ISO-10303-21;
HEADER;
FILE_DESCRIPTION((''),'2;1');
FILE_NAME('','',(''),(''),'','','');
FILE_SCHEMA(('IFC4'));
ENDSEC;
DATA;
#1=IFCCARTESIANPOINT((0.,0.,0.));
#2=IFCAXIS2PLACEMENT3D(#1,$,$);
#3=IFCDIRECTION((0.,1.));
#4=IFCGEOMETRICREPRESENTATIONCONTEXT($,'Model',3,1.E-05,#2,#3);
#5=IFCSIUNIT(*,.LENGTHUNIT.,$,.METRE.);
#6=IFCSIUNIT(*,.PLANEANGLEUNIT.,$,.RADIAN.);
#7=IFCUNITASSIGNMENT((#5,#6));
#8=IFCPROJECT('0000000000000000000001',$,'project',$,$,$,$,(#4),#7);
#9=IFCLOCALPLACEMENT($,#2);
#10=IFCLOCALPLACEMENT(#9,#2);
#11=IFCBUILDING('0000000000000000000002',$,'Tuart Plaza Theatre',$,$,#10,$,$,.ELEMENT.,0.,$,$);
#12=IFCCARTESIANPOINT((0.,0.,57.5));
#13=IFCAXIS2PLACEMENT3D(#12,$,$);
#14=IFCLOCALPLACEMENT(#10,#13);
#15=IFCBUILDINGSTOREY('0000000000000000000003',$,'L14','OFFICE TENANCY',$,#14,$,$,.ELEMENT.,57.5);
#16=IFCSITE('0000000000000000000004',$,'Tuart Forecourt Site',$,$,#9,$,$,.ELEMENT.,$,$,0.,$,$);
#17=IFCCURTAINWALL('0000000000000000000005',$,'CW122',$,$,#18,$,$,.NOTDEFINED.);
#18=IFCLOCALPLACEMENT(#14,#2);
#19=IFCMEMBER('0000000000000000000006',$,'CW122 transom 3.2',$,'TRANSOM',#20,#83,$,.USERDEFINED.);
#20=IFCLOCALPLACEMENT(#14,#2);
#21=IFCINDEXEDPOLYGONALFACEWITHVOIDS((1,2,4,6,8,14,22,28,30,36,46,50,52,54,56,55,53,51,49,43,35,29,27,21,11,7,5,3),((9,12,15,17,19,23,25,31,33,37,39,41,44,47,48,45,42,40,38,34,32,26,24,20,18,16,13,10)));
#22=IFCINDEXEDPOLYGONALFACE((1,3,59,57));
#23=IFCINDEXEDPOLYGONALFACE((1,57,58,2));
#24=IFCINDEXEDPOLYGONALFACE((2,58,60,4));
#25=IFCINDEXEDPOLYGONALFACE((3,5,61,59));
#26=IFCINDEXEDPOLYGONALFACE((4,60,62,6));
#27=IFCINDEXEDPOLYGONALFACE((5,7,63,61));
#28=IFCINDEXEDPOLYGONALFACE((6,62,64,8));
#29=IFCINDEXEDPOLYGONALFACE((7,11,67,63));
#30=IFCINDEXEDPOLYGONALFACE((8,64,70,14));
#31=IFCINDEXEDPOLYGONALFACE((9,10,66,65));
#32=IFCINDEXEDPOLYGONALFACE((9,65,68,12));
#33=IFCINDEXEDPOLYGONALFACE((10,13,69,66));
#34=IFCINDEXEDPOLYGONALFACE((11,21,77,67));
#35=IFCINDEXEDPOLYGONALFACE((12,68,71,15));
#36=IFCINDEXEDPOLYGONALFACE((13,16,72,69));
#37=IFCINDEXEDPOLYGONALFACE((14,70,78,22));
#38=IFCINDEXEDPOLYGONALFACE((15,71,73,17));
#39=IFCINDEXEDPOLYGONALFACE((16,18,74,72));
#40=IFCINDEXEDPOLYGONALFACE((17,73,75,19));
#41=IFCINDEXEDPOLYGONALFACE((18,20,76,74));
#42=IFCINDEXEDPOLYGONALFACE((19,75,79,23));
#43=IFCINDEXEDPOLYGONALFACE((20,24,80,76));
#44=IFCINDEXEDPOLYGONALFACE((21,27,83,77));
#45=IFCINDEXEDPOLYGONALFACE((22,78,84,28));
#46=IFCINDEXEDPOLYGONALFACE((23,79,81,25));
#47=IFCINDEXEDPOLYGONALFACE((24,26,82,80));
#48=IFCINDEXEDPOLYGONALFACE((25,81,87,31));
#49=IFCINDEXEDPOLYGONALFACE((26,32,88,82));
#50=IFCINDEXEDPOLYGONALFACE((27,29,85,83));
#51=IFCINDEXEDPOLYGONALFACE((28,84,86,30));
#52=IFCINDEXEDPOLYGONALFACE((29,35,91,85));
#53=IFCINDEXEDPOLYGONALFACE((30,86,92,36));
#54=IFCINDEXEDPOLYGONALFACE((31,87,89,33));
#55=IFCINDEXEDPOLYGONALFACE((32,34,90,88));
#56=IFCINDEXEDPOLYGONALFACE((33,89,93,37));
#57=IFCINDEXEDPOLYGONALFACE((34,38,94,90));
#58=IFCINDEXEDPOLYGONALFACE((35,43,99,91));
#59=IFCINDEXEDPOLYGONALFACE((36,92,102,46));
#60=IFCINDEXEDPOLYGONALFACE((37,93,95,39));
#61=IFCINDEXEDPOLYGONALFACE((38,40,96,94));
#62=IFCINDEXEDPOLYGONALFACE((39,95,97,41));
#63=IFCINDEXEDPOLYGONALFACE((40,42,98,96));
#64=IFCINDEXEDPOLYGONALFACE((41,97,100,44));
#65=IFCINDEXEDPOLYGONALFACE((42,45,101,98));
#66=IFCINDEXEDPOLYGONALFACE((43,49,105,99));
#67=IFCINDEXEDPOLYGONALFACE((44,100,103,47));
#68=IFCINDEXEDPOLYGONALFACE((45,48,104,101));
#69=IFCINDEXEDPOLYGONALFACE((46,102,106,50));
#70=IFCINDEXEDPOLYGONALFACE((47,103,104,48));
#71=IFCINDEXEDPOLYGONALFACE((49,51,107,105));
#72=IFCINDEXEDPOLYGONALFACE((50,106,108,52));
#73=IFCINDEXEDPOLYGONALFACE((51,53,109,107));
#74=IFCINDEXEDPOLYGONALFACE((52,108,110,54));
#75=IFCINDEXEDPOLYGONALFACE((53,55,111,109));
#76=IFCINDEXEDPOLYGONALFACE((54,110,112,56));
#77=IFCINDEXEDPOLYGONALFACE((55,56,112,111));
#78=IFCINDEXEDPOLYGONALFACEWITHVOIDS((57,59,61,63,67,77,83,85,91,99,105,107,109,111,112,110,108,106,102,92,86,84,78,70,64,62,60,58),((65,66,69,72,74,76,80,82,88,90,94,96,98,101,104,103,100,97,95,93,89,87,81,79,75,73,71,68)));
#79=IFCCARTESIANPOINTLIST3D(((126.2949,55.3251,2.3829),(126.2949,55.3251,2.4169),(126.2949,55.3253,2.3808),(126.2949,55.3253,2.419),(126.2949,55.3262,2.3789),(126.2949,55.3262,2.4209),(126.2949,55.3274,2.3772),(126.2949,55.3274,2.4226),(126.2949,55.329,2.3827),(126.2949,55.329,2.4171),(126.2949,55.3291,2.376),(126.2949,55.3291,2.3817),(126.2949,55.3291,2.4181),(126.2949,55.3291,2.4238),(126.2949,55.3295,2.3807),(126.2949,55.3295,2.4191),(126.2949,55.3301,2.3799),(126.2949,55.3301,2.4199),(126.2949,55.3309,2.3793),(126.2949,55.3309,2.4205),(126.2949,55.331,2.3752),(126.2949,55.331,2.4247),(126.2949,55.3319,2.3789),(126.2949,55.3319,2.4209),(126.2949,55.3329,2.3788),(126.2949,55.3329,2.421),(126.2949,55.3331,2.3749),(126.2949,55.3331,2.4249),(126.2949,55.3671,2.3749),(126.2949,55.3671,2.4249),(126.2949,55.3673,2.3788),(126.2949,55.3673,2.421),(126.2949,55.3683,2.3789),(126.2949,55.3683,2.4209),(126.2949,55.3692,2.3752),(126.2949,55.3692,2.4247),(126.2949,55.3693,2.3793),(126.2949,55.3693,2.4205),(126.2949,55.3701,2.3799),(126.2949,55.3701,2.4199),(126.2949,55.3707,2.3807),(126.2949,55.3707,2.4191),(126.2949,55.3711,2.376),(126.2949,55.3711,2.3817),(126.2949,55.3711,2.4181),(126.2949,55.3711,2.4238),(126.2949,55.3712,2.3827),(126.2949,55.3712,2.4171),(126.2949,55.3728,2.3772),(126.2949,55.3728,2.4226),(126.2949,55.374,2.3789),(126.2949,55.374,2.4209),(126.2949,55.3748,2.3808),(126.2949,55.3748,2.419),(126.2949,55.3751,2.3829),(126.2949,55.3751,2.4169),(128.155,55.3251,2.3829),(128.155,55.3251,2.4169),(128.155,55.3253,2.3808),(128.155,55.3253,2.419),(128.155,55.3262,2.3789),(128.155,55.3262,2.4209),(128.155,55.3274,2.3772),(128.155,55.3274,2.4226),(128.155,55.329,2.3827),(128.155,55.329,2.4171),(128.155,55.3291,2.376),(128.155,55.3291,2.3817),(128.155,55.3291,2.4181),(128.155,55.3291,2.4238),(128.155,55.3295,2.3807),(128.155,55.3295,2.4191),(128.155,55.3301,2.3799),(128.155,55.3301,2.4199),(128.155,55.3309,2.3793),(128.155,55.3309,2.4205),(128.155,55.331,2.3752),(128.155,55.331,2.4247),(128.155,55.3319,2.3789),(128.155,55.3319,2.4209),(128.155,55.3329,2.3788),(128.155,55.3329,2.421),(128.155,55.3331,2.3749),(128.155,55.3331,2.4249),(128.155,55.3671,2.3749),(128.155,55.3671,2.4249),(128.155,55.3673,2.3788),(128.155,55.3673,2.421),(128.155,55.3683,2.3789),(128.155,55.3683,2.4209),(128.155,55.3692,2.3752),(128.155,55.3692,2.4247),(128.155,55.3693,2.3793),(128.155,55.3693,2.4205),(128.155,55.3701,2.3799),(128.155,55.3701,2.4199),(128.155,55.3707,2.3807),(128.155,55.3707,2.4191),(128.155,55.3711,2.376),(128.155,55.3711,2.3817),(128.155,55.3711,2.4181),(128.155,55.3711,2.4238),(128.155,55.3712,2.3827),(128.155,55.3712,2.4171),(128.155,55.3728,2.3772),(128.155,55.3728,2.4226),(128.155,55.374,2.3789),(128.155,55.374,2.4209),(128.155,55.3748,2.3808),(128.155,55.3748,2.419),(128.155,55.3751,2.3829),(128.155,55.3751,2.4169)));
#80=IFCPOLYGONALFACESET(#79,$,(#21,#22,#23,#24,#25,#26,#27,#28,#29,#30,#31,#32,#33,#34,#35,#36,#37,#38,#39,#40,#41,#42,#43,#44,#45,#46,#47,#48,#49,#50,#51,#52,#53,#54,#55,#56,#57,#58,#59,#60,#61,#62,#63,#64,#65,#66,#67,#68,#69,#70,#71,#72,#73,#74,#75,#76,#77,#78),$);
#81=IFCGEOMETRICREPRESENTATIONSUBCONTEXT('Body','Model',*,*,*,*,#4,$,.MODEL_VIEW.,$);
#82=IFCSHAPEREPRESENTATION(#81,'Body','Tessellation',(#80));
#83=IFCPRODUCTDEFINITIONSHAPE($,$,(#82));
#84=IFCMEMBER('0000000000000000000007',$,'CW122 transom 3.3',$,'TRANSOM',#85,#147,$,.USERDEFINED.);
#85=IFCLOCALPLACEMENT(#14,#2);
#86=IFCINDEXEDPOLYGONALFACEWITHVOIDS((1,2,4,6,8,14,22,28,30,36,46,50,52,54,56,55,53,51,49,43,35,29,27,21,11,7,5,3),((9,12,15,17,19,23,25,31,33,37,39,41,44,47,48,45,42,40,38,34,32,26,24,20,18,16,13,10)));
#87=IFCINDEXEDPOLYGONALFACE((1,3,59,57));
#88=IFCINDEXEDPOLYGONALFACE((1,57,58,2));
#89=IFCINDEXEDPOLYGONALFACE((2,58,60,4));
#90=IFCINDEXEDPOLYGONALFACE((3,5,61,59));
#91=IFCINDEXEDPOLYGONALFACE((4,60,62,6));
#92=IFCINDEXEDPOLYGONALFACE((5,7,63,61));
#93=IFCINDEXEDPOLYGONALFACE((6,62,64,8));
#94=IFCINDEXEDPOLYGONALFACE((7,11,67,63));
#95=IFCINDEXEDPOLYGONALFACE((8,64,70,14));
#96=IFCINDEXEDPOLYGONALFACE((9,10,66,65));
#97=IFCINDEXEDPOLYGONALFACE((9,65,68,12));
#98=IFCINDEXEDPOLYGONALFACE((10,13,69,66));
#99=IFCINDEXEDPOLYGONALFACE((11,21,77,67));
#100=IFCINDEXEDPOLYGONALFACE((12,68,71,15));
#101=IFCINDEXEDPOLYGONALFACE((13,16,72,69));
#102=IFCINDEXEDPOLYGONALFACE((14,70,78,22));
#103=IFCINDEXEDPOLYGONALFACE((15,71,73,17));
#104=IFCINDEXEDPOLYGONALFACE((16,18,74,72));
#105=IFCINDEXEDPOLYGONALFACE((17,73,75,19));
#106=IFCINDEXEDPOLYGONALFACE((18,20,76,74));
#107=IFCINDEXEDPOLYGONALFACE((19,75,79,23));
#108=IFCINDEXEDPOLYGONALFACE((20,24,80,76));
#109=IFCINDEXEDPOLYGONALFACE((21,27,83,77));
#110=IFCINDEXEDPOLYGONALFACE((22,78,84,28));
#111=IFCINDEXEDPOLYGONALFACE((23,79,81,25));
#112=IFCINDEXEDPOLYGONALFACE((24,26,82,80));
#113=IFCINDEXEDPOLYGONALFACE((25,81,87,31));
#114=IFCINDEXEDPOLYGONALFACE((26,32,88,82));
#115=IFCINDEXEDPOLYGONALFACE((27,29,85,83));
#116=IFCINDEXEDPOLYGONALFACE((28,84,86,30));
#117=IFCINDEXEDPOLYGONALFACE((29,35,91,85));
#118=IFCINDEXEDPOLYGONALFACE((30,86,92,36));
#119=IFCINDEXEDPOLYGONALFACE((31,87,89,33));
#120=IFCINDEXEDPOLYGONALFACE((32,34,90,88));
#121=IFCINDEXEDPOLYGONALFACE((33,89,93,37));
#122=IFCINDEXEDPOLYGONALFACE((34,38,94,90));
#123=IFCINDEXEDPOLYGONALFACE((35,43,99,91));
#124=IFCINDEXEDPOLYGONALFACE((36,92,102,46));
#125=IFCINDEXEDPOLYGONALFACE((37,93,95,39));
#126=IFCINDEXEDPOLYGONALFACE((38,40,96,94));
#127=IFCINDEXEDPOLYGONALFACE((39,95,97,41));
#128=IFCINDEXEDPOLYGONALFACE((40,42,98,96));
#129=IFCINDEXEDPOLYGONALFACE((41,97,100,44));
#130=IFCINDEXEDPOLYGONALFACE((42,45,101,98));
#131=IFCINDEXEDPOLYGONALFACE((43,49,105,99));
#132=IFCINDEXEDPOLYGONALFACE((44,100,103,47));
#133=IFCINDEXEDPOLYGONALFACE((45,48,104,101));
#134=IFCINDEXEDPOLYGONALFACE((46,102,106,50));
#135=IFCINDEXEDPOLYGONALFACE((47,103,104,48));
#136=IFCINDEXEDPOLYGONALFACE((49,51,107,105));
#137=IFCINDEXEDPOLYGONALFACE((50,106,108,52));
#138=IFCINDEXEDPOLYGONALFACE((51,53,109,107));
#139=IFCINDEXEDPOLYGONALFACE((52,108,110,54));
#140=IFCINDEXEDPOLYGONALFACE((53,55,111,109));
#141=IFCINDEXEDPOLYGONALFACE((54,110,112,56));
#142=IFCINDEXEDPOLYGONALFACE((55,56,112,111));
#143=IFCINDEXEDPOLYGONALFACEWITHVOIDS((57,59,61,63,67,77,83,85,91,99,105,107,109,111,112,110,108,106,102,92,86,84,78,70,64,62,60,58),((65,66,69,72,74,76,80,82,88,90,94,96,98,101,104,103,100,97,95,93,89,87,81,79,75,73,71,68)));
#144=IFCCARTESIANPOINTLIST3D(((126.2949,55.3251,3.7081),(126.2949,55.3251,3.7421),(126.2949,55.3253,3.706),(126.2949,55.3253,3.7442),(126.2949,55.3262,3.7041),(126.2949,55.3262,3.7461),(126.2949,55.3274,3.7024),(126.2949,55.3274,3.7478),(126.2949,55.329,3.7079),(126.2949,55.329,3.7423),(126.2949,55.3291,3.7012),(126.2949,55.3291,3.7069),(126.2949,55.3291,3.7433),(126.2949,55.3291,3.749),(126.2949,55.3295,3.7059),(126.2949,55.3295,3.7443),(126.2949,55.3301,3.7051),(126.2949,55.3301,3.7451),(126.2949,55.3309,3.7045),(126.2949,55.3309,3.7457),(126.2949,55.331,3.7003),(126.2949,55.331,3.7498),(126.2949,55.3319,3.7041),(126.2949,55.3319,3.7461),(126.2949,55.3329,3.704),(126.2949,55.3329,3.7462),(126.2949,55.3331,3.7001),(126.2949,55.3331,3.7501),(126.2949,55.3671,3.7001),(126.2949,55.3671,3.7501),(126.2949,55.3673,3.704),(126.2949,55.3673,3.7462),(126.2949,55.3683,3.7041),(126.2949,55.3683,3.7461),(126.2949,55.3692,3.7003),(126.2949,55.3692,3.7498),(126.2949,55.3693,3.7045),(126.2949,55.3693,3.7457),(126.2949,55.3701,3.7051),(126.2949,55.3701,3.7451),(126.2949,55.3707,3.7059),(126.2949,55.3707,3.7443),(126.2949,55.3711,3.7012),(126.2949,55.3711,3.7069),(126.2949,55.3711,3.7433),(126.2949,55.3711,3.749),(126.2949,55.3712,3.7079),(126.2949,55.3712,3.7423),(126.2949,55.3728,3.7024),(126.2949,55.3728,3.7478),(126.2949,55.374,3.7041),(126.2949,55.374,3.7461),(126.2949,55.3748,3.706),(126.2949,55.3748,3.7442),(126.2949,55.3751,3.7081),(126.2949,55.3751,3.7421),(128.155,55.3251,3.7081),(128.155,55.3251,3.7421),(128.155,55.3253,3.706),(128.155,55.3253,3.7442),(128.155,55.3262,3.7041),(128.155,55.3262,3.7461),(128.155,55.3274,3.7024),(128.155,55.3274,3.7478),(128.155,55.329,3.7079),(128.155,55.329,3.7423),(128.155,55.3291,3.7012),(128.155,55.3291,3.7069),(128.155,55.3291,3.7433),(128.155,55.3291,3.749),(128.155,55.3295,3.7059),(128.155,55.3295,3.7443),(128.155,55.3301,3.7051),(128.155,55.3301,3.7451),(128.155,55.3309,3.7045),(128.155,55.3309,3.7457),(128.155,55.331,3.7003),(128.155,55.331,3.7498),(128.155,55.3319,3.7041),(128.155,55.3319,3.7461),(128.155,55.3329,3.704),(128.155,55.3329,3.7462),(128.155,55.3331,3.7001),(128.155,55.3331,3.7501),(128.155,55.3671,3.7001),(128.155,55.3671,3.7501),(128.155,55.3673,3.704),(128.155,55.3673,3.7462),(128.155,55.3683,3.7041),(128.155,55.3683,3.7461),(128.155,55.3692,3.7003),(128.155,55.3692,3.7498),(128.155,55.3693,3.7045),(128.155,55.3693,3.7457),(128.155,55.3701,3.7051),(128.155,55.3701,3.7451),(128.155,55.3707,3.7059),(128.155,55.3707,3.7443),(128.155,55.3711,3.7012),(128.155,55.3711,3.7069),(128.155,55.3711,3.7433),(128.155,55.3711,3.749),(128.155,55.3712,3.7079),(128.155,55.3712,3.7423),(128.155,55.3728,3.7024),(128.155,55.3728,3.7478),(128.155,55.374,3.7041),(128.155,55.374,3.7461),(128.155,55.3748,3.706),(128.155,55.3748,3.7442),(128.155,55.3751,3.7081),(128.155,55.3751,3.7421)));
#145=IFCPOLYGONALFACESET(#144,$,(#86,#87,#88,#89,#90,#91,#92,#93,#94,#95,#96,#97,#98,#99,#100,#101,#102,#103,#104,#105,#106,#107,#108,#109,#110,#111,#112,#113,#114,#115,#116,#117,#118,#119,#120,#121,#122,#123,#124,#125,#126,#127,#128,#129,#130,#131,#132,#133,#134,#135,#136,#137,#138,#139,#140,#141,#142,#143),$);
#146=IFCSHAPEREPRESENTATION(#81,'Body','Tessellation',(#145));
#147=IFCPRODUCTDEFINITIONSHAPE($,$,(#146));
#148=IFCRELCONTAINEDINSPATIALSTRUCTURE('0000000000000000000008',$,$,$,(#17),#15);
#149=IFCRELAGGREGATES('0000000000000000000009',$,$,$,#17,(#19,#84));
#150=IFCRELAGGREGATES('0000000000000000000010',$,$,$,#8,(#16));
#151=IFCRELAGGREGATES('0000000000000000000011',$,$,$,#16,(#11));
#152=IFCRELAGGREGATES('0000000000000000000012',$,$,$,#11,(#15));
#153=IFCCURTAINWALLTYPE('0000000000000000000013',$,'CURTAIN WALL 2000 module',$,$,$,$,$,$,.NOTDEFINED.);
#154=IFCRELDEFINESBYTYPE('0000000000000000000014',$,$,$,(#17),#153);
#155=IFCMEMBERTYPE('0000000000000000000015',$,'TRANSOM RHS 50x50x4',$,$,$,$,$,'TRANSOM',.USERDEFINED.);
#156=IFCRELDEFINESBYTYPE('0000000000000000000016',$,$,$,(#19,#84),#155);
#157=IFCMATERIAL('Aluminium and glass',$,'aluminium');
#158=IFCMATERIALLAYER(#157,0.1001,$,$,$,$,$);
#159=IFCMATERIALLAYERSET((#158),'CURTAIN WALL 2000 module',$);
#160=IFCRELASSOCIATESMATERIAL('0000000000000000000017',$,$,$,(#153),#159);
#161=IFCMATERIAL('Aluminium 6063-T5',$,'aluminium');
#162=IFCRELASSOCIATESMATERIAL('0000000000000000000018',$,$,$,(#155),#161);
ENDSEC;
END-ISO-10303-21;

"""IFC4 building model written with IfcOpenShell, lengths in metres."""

from ifc_helpers import new_model, si_unit, direction, frame, origin, origin_2d, place, context, subcontext, project, spatial, hollow_rectangle, extrude, material, layer, layer_set, material_profile, profile_set, type_object, element, aggregate, save


model = new_model("IFC4")

# Units and contexts
model_context = context("Model", 3, precision=1e-05, world=origin(), true_north=direction((0.0, 1.0)))
body_context = subcontext(model_context, "Body", "Model", "MODEL_VIEW")
ifc_project = project(units=[si_unit("LENGTHUNIT", "METRE"), si_unit("PLANEANGLEUNIT", "RADIAN")], contexts=[model_context])

# Site, building, storey
site_placement = place(None, origin())
site = spatial("IfcSite", under=ifc_project, at=site_placement, Name="Tuart Forecourt Site", CompositionType="ELEMENT", RefElevation=0.0)
building_placement = place(site_placement, origin())
building = spatial("IfcBuilding", under=site, at=building_placement, Name="Tuart Plaza Theatre", CompositionType="ELEMENT", ElevationOfRefHeight=0.0)
storey_placement = place(building_placement, frame((0.0, 0.0, 57.5)))
storey = spatial("IfcBuildingStorey", under=building, at=storey_placement, Name="L14", Description="OFFICE TENANCY", CompositionType="ELEMENT", Elevation=57.5)

# Curtain wall, members
ifc_material_1 = material(Name="Aluminium and glass", Category="aluminium")
ifc_layer_1 = layer(ifc_material_1, 0.1001)
ifc_layer_set_1 = layer_set([ifc_layer_1], Name="CURTAIN WALL 2000 module")
curtain_wall_type = type_object("IfcCurtainWallType", Name="CURTAIN WALL 2000 module", PredefinedType="NOTDEFINED", material=ifc_layer_set_1)
curtain_wall_placement = place(storey_placement, origin())
curtain_wall = element("IfcCurtainWall", 1, at=curtain_wall_placement, inside=storey, type_object=curtain_wall_type, Name="CW122", PredefinedType="NOTDEFINED")
ifc_material_2 = material(Name="Aluminium 6063-T5", Category="aluminium")
ifc_material_profile_1 = material_profile(ifc_material_2, hollow_rectangle(XDim=0.05, YDim=0.05, WallThickness=0.0039, InnerFilletRadius=0.0039, OuterFilletRadius=0.0081, at=origin_2d()), Name="RHS 50x50x4")
ifc_profile_set_1 = profile_set([ifc_material_profile_1], Name="Aluminium 6063-T5")
member_type_1 = type_object("IfcMemberType", Name="TRANSOM RHS 50x50x4", ElementType="TRANSOM", PredefinedType="USERDEFINED", material=ifc_profile_set_1)
member_1_placement = place(storey_placement, frame((126.2949, 55.3501, 2.3999), z_axis=(1.0, 0.0, 0.0), x_axis=(0.0, 1.0, 0.0)))
member_1 = element("IfcMember", 2, at=member_1_placement, type_object=member_type_1, Name="CW122 transom 3.2", ObjectType="TRANSOM", PredefinedType="USERDEFINED", context=body_context, shape_type="SweptSolid", body=[
    extrude(hollow_rectangle(XDim=0.05, YDim=0.05, WallThickness=0.0039, InnerFilletRadius=0.0039, OuterFilletRadius=0.0081, at=origin_2d()), origin(), (0.0, 0.0, 1.0), 1.8601),
])
member_2_placement = place(storey_placement, frame((126.2949, 55.3501, 3.7251), z_axis=(1.0, 0.0, 0.0), x_axis=(0.0, 1.0, 0.0)))
member_2 = element("IfcMember", 3, at=member_2_placement, type_object=member_type_1, Name="CW122 transom 3.3", ObjectType="TRANSOM", PredefinedType="USERDEFINED", context=body_context, shape_type="SweptSolid", body=[
    extrude(hollow_rectangle(XDim=0.05, YDim=0.05, WallThickness=0.0039, InnerFilletRadius=0.0039, OuterFilletRadius=0.0081, at=origin_2d()), origin(), (0.0, 0.0, 1.0), 1.8601),
])
aggregate(curtain_wall, [member_1, member_2])

save(model, "model.ifc")
